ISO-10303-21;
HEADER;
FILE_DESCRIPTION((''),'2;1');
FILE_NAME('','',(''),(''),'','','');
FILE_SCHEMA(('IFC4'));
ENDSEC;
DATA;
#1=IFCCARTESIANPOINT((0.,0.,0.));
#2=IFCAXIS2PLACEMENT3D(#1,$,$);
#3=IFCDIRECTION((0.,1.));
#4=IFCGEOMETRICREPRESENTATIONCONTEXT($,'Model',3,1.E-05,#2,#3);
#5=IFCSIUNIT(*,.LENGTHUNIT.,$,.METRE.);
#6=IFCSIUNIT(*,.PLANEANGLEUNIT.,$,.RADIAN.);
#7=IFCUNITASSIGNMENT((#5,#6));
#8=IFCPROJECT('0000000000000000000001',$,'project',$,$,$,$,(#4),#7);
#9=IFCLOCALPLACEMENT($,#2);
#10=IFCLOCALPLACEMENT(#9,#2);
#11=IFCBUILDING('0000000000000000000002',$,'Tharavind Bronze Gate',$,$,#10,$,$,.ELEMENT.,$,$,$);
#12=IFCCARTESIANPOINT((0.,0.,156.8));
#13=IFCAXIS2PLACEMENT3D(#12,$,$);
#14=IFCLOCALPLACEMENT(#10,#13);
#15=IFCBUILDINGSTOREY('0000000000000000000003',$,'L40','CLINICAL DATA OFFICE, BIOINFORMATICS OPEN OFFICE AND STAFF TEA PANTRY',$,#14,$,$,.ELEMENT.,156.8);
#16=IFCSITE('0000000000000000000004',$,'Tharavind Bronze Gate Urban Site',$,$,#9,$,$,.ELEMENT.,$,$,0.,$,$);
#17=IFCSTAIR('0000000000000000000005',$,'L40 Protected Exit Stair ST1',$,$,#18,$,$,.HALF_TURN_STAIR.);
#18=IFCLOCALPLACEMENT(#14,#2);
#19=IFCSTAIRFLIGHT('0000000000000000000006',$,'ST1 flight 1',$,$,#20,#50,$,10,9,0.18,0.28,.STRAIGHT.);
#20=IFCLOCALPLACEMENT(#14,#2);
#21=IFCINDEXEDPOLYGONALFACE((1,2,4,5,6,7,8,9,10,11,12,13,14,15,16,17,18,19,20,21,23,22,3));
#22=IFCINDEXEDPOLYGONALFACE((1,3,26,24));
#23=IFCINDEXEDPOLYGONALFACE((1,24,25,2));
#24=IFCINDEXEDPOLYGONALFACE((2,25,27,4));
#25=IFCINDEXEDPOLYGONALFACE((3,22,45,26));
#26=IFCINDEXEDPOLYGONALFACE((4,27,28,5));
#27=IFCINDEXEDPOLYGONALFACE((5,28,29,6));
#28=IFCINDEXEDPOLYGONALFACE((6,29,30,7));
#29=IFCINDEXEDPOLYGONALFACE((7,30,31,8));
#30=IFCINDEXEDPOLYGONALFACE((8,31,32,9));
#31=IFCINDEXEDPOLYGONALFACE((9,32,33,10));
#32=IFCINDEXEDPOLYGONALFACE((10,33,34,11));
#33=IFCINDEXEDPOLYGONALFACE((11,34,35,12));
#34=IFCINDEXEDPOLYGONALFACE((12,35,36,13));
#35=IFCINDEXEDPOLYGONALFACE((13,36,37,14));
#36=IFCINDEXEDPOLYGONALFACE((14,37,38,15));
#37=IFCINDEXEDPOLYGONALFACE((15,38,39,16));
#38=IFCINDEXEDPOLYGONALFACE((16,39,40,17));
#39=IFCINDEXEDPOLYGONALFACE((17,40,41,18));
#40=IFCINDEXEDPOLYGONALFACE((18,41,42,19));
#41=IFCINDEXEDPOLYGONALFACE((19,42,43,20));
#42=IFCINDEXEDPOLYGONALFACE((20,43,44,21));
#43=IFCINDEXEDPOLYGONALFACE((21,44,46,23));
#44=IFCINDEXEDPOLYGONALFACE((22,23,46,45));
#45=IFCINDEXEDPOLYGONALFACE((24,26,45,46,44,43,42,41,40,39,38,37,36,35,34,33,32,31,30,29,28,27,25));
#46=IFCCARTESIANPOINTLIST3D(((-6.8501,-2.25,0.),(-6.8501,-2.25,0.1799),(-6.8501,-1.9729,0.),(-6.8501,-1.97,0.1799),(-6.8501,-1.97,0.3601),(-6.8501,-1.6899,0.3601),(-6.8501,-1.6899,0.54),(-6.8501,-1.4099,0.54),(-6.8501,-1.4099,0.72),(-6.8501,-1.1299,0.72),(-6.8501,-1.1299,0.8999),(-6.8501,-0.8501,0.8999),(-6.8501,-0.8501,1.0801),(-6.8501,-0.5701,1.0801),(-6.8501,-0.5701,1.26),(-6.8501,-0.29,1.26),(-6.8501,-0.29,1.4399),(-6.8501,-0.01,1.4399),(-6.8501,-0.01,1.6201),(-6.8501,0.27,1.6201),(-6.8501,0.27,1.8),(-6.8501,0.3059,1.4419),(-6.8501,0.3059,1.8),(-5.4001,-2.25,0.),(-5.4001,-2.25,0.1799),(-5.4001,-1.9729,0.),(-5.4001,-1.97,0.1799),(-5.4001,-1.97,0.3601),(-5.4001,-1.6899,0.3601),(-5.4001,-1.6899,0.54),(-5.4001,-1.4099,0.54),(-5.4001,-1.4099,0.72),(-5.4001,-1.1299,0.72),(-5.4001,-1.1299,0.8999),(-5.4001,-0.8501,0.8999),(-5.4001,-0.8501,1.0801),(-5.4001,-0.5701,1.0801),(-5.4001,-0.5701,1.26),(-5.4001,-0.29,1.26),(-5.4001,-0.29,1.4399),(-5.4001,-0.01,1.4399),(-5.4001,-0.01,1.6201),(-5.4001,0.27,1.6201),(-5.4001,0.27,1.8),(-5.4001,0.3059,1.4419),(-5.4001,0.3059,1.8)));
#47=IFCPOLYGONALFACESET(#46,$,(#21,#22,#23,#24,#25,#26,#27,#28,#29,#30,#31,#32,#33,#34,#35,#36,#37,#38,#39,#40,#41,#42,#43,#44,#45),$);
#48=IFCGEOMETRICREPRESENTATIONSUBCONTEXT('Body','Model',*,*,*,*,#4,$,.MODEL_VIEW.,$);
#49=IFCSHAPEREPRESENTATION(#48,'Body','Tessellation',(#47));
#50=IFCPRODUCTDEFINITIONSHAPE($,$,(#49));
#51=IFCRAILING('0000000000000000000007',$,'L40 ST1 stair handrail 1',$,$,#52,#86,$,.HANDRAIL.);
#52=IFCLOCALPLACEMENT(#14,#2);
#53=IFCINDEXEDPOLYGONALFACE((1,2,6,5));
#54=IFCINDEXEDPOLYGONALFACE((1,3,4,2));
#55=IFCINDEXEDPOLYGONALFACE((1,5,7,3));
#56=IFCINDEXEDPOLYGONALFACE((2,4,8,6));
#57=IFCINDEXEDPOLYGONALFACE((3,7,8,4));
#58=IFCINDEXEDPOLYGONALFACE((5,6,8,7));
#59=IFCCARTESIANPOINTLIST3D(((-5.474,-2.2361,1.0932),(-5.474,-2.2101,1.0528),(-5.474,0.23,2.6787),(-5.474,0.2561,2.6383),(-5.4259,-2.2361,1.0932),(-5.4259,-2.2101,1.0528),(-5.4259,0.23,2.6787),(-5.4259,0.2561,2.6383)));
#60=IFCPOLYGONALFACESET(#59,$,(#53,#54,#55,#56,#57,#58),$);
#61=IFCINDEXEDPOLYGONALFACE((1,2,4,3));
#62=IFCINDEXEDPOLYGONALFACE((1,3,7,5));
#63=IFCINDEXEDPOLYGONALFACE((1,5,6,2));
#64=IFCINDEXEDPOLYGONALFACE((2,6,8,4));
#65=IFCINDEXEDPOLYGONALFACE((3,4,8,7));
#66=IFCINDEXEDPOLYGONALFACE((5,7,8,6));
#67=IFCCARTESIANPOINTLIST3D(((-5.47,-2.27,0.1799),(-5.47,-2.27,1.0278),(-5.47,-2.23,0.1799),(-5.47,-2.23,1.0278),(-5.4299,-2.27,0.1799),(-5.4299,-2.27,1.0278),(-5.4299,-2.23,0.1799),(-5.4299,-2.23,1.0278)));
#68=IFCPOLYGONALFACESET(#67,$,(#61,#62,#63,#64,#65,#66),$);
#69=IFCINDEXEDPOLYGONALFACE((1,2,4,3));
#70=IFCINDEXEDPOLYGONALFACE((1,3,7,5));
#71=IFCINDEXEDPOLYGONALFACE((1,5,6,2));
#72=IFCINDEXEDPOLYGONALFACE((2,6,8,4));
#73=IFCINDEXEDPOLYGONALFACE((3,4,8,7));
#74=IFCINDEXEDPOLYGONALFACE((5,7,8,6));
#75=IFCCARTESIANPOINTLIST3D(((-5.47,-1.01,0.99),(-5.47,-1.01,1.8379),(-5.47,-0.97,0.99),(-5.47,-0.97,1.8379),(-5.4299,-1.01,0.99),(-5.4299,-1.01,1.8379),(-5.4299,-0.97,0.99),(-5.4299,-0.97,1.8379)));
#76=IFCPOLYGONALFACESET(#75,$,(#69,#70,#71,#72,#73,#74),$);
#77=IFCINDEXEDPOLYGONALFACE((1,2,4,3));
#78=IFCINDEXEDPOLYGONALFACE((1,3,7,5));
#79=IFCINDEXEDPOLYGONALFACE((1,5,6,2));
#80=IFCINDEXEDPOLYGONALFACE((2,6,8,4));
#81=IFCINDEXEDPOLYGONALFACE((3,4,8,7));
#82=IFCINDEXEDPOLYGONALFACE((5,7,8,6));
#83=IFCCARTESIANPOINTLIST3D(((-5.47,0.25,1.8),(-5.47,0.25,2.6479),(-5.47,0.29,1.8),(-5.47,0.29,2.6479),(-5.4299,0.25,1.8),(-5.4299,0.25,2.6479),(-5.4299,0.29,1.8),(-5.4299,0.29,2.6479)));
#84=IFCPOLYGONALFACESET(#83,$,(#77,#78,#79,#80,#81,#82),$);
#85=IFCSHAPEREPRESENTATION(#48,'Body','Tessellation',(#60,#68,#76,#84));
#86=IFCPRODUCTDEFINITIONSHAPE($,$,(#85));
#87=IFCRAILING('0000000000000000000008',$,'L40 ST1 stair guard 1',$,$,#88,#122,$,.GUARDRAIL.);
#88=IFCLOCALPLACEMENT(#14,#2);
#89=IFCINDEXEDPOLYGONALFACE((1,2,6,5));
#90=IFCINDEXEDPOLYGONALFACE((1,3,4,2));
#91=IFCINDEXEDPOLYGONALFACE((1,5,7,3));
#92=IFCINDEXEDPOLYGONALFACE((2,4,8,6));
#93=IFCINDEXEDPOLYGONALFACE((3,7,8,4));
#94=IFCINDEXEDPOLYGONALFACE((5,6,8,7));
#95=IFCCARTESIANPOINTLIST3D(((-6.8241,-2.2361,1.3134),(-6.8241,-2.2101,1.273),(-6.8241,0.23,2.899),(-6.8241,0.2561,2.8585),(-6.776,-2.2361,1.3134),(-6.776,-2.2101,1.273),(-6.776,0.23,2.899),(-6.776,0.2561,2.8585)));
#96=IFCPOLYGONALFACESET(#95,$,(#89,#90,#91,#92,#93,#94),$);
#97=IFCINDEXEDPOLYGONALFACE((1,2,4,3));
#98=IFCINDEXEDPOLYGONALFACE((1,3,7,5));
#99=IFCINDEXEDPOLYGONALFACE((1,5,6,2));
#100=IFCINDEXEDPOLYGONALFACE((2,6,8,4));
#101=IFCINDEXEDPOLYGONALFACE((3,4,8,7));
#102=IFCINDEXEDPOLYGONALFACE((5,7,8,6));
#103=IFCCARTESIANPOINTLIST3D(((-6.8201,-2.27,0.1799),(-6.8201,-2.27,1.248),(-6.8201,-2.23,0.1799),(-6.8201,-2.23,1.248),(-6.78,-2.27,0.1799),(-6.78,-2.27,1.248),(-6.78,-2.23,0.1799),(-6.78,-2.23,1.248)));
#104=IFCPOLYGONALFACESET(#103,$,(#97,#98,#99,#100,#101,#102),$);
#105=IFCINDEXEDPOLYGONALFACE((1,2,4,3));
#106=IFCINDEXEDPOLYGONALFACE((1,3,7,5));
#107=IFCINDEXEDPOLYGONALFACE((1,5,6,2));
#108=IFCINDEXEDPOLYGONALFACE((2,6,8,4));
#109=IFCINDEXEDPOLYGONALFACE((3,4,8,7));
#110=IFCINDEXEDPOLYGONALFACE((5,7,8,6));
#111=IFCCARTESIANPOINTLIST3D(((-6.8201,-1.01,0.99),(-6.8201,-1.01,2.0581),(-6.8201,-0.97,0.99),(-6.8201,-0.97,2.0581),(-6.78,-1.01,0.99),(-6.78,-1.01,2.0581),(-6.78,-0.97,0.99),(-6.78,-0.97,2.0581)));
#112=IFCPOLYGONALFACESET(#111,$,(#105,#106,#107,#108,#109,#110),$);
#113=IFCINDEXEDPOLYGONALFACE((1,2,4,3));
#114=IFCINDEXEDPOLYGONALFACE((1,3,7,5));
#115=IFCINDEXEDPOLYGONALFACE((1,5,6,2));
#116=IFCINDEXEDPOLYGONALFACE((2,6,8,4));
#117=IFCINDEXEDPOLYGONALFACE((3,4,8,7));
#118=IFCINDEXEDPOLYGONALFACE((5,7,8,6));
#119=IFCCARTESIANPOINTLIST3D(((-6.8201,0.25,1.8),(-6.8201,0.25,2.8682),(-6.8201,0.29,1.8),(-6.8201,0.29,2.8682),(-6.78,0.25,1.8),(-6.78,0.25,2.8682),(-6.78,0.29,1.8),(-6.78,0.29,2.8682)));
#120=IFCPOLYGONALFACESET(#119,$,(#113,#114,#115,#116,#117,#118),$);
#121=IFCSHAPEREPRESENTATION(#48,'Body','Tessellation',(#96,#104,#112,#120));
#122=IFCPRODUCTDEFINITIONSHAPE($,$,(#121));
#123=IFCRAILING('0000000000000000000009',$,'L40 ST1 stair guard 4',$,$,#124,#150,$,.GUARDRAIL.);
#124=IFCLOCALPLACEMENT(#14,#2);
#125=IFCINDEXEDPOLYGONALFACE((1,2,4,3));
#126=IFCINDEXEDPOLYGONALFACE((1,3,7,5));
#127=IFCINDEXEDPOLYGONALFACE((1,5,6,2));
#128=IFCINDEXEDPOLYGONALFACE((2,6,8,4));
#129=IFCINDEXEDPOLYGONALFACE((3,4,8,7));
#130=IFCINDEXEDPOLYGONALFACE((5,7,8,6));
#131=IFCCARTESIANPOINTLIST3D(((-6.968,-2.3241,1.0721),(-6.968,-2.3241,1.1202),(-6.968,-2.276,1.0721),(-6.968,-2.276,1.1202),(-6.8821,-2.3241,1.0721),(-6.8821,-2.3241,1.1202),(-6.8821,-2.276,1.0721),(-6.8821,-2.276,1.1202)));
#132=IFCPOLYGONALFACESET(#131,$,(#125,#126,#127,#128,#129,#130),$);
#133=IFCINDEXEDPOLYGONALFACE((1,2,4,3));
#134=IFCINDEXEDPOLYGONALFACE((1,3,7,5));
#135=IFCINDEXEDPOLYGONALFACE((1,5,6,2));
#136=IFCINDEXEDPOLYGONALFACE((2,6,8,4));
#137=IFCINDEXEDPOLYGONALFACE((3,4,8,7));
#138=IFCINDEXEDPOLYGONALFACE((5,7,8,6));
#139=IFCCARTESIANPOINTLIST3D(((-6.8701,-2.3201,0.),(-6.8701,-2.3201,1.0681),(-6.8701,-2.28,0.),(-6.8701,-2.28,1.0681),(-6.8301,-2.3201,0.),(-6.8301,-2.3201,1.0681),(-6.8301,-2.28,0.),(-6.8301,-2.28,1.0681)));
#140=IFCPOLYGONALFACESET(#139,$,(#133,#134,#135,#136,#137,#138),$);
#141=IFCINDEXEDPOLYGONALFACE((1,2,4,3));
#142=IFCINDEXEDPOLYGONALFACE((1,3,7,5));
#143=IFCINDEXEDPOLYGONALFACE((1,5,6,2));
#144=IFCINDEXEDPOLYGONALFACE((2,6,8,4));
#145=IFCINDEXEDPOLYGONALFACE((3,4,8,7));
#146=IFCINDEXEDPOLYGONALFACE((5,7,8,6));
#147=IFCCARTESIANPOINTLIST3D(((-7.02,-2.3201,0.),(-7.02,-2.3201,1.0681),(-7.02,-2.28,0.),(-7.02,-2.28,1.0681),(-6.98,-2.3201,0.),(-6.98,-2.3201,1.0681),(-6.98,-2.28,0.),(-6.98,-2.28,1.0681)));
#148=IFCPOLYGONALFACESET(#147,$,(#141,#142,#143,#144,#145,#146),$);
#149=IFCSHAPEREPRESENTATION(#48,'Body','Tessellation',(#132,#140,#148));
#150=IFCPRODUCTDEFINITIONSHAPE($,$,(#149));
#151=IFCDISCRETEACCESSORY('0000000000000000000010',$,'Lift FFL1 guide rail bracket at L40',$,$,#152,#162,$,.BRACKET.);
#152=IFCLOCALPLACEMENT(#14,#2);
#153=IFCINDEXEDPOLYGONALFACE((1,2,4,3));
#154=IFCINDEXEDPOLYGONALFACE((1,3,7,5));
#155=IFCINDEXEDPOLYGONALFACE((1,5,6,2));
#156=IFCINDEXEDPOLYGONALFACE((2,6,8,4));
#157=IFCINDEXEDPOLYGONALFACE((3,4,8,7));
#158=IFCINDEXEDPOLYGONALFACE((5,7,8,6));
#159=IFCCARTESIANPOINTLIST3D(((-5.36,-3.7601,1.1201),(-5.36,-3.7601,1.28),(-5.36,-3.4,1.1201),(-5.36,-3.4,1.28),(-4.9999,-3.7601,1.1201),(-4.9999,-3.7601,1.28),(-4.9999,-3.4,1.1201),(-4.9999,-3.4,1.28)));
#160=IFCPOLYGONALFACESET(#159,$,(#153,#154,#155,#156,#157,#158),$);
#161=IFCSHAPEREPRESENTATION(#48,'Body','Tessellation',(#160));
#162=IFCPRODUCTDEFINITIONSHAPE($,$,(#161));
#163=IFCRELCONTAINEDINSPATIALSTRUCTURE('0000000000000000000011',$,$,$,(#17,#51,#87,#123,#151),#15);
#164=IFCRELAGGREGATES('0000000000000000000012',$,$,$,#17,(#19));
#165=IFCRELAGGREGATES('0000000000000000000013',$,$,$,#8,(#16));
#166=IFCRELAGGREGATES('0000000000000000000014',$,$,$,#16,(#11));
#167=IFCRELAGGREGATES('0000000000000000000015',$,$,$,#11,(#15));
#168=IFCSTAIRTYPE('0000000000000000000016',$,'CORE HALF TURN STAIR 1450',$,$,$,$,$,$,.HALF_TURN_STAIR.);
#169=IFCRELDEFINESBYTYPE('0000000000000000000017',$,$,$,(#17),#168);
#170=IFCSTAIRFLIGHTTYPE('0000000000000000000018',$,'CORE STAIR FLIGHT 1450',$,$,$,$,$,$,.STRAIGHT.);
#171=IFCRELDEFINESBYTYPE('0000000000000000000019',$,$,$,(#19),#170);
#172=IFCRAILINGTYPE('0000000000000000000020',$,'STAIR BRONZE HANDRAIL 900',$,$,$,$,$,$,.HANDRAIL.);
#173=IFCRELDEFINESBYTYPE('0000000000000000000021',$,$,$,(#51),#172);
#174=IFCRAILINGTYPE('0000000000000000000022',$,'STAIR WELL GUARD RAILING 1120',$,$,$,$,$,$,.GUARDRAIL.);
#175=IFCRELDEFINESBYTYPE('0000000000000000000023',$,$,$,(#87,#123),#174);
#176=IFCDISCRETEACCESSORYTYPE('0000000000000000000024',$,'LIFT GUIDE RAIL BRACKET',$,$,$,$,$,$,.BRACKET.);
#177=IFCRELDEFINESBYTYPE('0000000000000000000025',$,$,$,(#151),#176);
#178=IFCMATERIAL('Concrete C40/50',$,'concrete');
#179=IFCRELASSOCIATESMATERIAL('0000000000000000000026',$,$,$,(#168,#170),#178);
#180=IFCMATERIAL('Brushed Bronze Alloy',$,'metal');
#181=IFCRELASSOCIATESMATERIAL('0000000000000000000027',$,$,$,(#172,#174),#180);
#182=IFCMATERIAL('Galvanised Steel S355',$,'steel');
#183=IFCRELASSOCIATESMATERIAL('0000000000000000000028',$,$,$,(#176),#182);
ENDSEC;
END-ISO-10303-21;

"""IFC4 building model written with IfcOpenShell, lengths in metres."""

from ifc_helpers import new_model, si_unit, direction, frame, origin, origin_2d, place, context, subcontext, project, spatial, polyline, rectangle, outline, extrude, material, type_object, element, aggregate, save


model = new_model("IFC4")

# Units and contexts
model_context = context("Model", 3, precision=1e-05, world=origin(), true_north=direction((0.0, 1.0)))
body_context = subcontext(model_context, "Body", "Model", "MODEL_VIEW")
ifc_project = project(units=[si_unit("LENGTHUNIT", "METRE"), si_unit("PLANEANGLEUNIT", "RADIAN")], contexts=[model_context])

# Site, building, storey
site_placement = place(None, origin())
site = spatial("IfcSite", under=ifc_project, at=site_placement, Name="Tharavind Bronze Gate Urban Site", CompositionType="ELEMENT", RefElevation=0.0)
building_placement = place(site_placement, origin())
building = spatial("IfcBuilding", under=site, at=building_placement, Name="Tharavind Bronze Gate", CompositionType="ELEMENT")
storey_placement = place(building_placement, frame((0.0, 0.0, 156.8)))
storey = spatial("IfcBuildingStorey", under=building, at=storey_placement, Name="L40", Description="CLINICAL DATA OFFICE, BIOINFORMATICS OPEN OFFICE AND STAFF TEA PANTRY", CompositionType="ELEMENT", Elevation=156.8)

# Shared definitions
ifc_material_1 = material(Name="Concrete C40/50", Category="concrete")

# Stair, stair flight
stair_type = type_object("IfcStairType", Name="CORE HALF TURN STAIR 1450", PredefinedType="HALF_TURN_STAIR", material=ifc_material_1)
stair_placement = place(storey_placement, origin())
stair = element("IfcStair", 1, at=stair_placement, inside=storey, type_object=stair_type, Name="L40 Protected Exit Stair ST1", PredefinedType="HALF_TURN_STAIR")
stair_flight_type = type_object("IfcStairFlightType", Name="CORE STAIR FLIGHT 1450", PredefinedType="STRAIGHT", material=ifc_material_1)
stair_flight_placement = place(storey_placement, frame((-6.125, -2.25, 0.0), z_axis=(0.0, 0.0, 1.0), x_axis=(0.0, 1.0, 0.0)))
stair_flight = element("IfcStairFlight", 2, at=stair_flight_placement, type_object=stair_flight_type, Name="ST1 flight 1", NumberOfRisers=10, NumberOfTreads=9, PredefinedType="STRAIGHT", RiserHeight=0.18, TreadLength=0.28, context=body_context, shape_type="SweptSolid", body=[
    extrude(outline(polyline([(0.0, 0.0), (0.0, 0.1799), (0.28, 0.1799), (0.28, 0.3601), (0.5601, 0.3601), (0.5601, 0.54), (0.8401, 0.54), (0.8401, 0.72), (1.1201, 0.72), (1.1201, 0.8999), (1.3999, 0.8999), (1.3999, 1.0801), (1.6799, 1.0801), (1.6799, 1.26), (1.96, 1.26), (1.96, 1.4399), (2.24, 1.4399), (2.24, 1.6201), (2.52, 1.6201), (2.52, 1.8), (2.5559, 1.8), (2.5559, 1.4419), (0.2771, 0.0), (0.0, 0.0)])), frame((0.0, 0.7251, 0.0), z_axis=(0.0, -1.0, 0.0), x_axis=(1.0, 0.0, 0.0)), (0.0, 0.0, 1.0), 1.45),
])
aggregate(stair, [stair_flight])

# Railings
ifc_material_2 = material(Name="Brushed Bronze Alloy", Category="metal")
railing_type_1 = type_object("IfcRailingType", Name="STAIR BRONZE HANDRAIL 900", PredefinedType="HANDRAIL", material=ifc_material_2)
railing_1_placement = place(storey_placement, frame((-5.45, -2.25, 0.1799)))
element("IfcRailing", 3, at=railing_1_placement, inside=storey, type_object=railing_type_1, Name="L40 ST1 stair handrail 1", PredefinedType="HANDRAIL", context=body_context, shape_type="SweptSolid", body=[
    extrude(rectangle(XDim=0.0481, YDim=0.0481, at=origin_2d()), frame((0.0, 0.0269, 0.8931), z_axis=(0.0, 0.841163, 0.540782), x_axis=(-1.0, 0.0, 0.0)), (0.0, 0.0, 1.0), 2.9319),
    extrude(rectangle(XDim=0.04, YDim=0.04, at=origin_2d()), origin(), (0.0, 0.0, 1.0), 0.8479),
    extrude(rectangle(XDim=0.04, YDim=0.04, at=origin_2d()), frame((0.0, 1.26, 0.8101)), (0.0, 0.0, 1.0), 0.8479),
    extrude(rectangle(XDim=0.04, YDim=0.04, at=origin_2d()), frame((0.0, 2.52, 1.6201)), (0.0, 0.0, 1.0), 0.8479),
])
railing_type_2 = type_object("IfcRailingType", Name="STAIR WELL GUARD RAILING 1120", PredefinedType="GUARDRAIL", material=ifc_material_2)
railing_2_placement = place(storey_placement, frame((-6.8, -2.25, 0.1799)))
element("IfcRailing", 4, at=railing_2_placement, inside=storey, type_object=railing_type_2, Name="L40 ST1 stair guard 1", PredefinedType="GUARDRAIL", context=body_context, shape_type="SweptSolid", body=[
    extrude(rectangle(XDim=0.0481, YDim=0.0481, at=origin_2d()), frame((0.0, 0.0269, 1.1133), z_axis=(0.0, 0.841163, 0.540782), x_axis=(-1.0, 0.0, 0.0)), (0.0, 0.0, 1.0), 2.9319),
    extrude(rectangle(XDim=0.04, YDim=0.04, at=origin_2d()), origin(), (0.0, 0.0, 1.0), 1.0681),
    extrude(rectangle(XDim=0.04, YDim=0.04, at=origin_2d()), frame((0.0, 1.26, 0.8101)), (0.0, 0.0, 1.0), 1.0681),
    extrude(rectangle(XDim=0.04, YDim=0.04, at=origin_2d()), frame((0.0, 2.52, 1.6201)), (0.0, 0.0, 1.0), 1.0681),
])
railing_3_placement = place(storey_placement, frame((-6.8501, -2.3, 0.0)))
element("IfcRailing", 5, at=railing_3_placement, inside=storey, type_object=railing_type_2, Name="L40 ST1 stair guard 4", PredefinedType="GUARDRAIL", context=body_context, shape_type="SweptSolid", body=[
    extrude(rectangle(XDim=0.0481, YDim=0.0481, at=origin_2d()), frame((-0.032, 0.0, 1.0962), z_axis=(-1.0, 0.0, 0.0), x_axis=(0.0, -1.0, 0.0)), (0.0, 0.0, 1.0), 0.0859),
    extrude(rectangle(XDim=0.04, YDim=0.04, at=origin_2d()), origin(), (0.0, 0.0, 1.0), 1.0681),
    extrude(rectangle(XDim=0.04, YDim=0.04, at=origin_2d()), frame((-0.1499, 0.0, 0.0)), (0.0, 0.0, 1.0), 1.0681),
])

# Discrete accessory
ifc_material_3 = material(Name="Galvanised Steel S355", Category="steel")
discrete_accessory_type = type_object("IfcDiscreteAccessoryType", Name="LIFT GUIDE RAIL BRACKET", PredefinedType="BRACKET", material=ifc_material_3)
discrete_accessory_placement = place(storey_placement, frame((-5.1799, -3.5801, 1.1201), z_axis=(0.0, 0.0, 1.0), x_axis=(1.0, 0.0, 0.0)))
element("IfcDiscreteAccessory", 6, at=discrete_accessory_placement, inside=storey, type_object=discrete_accessory_type, Name="Lift FFL1 guide rail bracket at L40", PredefinedType="BRACKET", context=body_context, shape_type="SweptSolid", body=[
    extrude(rectangle(XDim=0.3601, YDim=0.3601, at=origin_2d()), origin(), (0.0, 0.0, 1.0), 0.1599),
])

save(model, "model.ifc")
